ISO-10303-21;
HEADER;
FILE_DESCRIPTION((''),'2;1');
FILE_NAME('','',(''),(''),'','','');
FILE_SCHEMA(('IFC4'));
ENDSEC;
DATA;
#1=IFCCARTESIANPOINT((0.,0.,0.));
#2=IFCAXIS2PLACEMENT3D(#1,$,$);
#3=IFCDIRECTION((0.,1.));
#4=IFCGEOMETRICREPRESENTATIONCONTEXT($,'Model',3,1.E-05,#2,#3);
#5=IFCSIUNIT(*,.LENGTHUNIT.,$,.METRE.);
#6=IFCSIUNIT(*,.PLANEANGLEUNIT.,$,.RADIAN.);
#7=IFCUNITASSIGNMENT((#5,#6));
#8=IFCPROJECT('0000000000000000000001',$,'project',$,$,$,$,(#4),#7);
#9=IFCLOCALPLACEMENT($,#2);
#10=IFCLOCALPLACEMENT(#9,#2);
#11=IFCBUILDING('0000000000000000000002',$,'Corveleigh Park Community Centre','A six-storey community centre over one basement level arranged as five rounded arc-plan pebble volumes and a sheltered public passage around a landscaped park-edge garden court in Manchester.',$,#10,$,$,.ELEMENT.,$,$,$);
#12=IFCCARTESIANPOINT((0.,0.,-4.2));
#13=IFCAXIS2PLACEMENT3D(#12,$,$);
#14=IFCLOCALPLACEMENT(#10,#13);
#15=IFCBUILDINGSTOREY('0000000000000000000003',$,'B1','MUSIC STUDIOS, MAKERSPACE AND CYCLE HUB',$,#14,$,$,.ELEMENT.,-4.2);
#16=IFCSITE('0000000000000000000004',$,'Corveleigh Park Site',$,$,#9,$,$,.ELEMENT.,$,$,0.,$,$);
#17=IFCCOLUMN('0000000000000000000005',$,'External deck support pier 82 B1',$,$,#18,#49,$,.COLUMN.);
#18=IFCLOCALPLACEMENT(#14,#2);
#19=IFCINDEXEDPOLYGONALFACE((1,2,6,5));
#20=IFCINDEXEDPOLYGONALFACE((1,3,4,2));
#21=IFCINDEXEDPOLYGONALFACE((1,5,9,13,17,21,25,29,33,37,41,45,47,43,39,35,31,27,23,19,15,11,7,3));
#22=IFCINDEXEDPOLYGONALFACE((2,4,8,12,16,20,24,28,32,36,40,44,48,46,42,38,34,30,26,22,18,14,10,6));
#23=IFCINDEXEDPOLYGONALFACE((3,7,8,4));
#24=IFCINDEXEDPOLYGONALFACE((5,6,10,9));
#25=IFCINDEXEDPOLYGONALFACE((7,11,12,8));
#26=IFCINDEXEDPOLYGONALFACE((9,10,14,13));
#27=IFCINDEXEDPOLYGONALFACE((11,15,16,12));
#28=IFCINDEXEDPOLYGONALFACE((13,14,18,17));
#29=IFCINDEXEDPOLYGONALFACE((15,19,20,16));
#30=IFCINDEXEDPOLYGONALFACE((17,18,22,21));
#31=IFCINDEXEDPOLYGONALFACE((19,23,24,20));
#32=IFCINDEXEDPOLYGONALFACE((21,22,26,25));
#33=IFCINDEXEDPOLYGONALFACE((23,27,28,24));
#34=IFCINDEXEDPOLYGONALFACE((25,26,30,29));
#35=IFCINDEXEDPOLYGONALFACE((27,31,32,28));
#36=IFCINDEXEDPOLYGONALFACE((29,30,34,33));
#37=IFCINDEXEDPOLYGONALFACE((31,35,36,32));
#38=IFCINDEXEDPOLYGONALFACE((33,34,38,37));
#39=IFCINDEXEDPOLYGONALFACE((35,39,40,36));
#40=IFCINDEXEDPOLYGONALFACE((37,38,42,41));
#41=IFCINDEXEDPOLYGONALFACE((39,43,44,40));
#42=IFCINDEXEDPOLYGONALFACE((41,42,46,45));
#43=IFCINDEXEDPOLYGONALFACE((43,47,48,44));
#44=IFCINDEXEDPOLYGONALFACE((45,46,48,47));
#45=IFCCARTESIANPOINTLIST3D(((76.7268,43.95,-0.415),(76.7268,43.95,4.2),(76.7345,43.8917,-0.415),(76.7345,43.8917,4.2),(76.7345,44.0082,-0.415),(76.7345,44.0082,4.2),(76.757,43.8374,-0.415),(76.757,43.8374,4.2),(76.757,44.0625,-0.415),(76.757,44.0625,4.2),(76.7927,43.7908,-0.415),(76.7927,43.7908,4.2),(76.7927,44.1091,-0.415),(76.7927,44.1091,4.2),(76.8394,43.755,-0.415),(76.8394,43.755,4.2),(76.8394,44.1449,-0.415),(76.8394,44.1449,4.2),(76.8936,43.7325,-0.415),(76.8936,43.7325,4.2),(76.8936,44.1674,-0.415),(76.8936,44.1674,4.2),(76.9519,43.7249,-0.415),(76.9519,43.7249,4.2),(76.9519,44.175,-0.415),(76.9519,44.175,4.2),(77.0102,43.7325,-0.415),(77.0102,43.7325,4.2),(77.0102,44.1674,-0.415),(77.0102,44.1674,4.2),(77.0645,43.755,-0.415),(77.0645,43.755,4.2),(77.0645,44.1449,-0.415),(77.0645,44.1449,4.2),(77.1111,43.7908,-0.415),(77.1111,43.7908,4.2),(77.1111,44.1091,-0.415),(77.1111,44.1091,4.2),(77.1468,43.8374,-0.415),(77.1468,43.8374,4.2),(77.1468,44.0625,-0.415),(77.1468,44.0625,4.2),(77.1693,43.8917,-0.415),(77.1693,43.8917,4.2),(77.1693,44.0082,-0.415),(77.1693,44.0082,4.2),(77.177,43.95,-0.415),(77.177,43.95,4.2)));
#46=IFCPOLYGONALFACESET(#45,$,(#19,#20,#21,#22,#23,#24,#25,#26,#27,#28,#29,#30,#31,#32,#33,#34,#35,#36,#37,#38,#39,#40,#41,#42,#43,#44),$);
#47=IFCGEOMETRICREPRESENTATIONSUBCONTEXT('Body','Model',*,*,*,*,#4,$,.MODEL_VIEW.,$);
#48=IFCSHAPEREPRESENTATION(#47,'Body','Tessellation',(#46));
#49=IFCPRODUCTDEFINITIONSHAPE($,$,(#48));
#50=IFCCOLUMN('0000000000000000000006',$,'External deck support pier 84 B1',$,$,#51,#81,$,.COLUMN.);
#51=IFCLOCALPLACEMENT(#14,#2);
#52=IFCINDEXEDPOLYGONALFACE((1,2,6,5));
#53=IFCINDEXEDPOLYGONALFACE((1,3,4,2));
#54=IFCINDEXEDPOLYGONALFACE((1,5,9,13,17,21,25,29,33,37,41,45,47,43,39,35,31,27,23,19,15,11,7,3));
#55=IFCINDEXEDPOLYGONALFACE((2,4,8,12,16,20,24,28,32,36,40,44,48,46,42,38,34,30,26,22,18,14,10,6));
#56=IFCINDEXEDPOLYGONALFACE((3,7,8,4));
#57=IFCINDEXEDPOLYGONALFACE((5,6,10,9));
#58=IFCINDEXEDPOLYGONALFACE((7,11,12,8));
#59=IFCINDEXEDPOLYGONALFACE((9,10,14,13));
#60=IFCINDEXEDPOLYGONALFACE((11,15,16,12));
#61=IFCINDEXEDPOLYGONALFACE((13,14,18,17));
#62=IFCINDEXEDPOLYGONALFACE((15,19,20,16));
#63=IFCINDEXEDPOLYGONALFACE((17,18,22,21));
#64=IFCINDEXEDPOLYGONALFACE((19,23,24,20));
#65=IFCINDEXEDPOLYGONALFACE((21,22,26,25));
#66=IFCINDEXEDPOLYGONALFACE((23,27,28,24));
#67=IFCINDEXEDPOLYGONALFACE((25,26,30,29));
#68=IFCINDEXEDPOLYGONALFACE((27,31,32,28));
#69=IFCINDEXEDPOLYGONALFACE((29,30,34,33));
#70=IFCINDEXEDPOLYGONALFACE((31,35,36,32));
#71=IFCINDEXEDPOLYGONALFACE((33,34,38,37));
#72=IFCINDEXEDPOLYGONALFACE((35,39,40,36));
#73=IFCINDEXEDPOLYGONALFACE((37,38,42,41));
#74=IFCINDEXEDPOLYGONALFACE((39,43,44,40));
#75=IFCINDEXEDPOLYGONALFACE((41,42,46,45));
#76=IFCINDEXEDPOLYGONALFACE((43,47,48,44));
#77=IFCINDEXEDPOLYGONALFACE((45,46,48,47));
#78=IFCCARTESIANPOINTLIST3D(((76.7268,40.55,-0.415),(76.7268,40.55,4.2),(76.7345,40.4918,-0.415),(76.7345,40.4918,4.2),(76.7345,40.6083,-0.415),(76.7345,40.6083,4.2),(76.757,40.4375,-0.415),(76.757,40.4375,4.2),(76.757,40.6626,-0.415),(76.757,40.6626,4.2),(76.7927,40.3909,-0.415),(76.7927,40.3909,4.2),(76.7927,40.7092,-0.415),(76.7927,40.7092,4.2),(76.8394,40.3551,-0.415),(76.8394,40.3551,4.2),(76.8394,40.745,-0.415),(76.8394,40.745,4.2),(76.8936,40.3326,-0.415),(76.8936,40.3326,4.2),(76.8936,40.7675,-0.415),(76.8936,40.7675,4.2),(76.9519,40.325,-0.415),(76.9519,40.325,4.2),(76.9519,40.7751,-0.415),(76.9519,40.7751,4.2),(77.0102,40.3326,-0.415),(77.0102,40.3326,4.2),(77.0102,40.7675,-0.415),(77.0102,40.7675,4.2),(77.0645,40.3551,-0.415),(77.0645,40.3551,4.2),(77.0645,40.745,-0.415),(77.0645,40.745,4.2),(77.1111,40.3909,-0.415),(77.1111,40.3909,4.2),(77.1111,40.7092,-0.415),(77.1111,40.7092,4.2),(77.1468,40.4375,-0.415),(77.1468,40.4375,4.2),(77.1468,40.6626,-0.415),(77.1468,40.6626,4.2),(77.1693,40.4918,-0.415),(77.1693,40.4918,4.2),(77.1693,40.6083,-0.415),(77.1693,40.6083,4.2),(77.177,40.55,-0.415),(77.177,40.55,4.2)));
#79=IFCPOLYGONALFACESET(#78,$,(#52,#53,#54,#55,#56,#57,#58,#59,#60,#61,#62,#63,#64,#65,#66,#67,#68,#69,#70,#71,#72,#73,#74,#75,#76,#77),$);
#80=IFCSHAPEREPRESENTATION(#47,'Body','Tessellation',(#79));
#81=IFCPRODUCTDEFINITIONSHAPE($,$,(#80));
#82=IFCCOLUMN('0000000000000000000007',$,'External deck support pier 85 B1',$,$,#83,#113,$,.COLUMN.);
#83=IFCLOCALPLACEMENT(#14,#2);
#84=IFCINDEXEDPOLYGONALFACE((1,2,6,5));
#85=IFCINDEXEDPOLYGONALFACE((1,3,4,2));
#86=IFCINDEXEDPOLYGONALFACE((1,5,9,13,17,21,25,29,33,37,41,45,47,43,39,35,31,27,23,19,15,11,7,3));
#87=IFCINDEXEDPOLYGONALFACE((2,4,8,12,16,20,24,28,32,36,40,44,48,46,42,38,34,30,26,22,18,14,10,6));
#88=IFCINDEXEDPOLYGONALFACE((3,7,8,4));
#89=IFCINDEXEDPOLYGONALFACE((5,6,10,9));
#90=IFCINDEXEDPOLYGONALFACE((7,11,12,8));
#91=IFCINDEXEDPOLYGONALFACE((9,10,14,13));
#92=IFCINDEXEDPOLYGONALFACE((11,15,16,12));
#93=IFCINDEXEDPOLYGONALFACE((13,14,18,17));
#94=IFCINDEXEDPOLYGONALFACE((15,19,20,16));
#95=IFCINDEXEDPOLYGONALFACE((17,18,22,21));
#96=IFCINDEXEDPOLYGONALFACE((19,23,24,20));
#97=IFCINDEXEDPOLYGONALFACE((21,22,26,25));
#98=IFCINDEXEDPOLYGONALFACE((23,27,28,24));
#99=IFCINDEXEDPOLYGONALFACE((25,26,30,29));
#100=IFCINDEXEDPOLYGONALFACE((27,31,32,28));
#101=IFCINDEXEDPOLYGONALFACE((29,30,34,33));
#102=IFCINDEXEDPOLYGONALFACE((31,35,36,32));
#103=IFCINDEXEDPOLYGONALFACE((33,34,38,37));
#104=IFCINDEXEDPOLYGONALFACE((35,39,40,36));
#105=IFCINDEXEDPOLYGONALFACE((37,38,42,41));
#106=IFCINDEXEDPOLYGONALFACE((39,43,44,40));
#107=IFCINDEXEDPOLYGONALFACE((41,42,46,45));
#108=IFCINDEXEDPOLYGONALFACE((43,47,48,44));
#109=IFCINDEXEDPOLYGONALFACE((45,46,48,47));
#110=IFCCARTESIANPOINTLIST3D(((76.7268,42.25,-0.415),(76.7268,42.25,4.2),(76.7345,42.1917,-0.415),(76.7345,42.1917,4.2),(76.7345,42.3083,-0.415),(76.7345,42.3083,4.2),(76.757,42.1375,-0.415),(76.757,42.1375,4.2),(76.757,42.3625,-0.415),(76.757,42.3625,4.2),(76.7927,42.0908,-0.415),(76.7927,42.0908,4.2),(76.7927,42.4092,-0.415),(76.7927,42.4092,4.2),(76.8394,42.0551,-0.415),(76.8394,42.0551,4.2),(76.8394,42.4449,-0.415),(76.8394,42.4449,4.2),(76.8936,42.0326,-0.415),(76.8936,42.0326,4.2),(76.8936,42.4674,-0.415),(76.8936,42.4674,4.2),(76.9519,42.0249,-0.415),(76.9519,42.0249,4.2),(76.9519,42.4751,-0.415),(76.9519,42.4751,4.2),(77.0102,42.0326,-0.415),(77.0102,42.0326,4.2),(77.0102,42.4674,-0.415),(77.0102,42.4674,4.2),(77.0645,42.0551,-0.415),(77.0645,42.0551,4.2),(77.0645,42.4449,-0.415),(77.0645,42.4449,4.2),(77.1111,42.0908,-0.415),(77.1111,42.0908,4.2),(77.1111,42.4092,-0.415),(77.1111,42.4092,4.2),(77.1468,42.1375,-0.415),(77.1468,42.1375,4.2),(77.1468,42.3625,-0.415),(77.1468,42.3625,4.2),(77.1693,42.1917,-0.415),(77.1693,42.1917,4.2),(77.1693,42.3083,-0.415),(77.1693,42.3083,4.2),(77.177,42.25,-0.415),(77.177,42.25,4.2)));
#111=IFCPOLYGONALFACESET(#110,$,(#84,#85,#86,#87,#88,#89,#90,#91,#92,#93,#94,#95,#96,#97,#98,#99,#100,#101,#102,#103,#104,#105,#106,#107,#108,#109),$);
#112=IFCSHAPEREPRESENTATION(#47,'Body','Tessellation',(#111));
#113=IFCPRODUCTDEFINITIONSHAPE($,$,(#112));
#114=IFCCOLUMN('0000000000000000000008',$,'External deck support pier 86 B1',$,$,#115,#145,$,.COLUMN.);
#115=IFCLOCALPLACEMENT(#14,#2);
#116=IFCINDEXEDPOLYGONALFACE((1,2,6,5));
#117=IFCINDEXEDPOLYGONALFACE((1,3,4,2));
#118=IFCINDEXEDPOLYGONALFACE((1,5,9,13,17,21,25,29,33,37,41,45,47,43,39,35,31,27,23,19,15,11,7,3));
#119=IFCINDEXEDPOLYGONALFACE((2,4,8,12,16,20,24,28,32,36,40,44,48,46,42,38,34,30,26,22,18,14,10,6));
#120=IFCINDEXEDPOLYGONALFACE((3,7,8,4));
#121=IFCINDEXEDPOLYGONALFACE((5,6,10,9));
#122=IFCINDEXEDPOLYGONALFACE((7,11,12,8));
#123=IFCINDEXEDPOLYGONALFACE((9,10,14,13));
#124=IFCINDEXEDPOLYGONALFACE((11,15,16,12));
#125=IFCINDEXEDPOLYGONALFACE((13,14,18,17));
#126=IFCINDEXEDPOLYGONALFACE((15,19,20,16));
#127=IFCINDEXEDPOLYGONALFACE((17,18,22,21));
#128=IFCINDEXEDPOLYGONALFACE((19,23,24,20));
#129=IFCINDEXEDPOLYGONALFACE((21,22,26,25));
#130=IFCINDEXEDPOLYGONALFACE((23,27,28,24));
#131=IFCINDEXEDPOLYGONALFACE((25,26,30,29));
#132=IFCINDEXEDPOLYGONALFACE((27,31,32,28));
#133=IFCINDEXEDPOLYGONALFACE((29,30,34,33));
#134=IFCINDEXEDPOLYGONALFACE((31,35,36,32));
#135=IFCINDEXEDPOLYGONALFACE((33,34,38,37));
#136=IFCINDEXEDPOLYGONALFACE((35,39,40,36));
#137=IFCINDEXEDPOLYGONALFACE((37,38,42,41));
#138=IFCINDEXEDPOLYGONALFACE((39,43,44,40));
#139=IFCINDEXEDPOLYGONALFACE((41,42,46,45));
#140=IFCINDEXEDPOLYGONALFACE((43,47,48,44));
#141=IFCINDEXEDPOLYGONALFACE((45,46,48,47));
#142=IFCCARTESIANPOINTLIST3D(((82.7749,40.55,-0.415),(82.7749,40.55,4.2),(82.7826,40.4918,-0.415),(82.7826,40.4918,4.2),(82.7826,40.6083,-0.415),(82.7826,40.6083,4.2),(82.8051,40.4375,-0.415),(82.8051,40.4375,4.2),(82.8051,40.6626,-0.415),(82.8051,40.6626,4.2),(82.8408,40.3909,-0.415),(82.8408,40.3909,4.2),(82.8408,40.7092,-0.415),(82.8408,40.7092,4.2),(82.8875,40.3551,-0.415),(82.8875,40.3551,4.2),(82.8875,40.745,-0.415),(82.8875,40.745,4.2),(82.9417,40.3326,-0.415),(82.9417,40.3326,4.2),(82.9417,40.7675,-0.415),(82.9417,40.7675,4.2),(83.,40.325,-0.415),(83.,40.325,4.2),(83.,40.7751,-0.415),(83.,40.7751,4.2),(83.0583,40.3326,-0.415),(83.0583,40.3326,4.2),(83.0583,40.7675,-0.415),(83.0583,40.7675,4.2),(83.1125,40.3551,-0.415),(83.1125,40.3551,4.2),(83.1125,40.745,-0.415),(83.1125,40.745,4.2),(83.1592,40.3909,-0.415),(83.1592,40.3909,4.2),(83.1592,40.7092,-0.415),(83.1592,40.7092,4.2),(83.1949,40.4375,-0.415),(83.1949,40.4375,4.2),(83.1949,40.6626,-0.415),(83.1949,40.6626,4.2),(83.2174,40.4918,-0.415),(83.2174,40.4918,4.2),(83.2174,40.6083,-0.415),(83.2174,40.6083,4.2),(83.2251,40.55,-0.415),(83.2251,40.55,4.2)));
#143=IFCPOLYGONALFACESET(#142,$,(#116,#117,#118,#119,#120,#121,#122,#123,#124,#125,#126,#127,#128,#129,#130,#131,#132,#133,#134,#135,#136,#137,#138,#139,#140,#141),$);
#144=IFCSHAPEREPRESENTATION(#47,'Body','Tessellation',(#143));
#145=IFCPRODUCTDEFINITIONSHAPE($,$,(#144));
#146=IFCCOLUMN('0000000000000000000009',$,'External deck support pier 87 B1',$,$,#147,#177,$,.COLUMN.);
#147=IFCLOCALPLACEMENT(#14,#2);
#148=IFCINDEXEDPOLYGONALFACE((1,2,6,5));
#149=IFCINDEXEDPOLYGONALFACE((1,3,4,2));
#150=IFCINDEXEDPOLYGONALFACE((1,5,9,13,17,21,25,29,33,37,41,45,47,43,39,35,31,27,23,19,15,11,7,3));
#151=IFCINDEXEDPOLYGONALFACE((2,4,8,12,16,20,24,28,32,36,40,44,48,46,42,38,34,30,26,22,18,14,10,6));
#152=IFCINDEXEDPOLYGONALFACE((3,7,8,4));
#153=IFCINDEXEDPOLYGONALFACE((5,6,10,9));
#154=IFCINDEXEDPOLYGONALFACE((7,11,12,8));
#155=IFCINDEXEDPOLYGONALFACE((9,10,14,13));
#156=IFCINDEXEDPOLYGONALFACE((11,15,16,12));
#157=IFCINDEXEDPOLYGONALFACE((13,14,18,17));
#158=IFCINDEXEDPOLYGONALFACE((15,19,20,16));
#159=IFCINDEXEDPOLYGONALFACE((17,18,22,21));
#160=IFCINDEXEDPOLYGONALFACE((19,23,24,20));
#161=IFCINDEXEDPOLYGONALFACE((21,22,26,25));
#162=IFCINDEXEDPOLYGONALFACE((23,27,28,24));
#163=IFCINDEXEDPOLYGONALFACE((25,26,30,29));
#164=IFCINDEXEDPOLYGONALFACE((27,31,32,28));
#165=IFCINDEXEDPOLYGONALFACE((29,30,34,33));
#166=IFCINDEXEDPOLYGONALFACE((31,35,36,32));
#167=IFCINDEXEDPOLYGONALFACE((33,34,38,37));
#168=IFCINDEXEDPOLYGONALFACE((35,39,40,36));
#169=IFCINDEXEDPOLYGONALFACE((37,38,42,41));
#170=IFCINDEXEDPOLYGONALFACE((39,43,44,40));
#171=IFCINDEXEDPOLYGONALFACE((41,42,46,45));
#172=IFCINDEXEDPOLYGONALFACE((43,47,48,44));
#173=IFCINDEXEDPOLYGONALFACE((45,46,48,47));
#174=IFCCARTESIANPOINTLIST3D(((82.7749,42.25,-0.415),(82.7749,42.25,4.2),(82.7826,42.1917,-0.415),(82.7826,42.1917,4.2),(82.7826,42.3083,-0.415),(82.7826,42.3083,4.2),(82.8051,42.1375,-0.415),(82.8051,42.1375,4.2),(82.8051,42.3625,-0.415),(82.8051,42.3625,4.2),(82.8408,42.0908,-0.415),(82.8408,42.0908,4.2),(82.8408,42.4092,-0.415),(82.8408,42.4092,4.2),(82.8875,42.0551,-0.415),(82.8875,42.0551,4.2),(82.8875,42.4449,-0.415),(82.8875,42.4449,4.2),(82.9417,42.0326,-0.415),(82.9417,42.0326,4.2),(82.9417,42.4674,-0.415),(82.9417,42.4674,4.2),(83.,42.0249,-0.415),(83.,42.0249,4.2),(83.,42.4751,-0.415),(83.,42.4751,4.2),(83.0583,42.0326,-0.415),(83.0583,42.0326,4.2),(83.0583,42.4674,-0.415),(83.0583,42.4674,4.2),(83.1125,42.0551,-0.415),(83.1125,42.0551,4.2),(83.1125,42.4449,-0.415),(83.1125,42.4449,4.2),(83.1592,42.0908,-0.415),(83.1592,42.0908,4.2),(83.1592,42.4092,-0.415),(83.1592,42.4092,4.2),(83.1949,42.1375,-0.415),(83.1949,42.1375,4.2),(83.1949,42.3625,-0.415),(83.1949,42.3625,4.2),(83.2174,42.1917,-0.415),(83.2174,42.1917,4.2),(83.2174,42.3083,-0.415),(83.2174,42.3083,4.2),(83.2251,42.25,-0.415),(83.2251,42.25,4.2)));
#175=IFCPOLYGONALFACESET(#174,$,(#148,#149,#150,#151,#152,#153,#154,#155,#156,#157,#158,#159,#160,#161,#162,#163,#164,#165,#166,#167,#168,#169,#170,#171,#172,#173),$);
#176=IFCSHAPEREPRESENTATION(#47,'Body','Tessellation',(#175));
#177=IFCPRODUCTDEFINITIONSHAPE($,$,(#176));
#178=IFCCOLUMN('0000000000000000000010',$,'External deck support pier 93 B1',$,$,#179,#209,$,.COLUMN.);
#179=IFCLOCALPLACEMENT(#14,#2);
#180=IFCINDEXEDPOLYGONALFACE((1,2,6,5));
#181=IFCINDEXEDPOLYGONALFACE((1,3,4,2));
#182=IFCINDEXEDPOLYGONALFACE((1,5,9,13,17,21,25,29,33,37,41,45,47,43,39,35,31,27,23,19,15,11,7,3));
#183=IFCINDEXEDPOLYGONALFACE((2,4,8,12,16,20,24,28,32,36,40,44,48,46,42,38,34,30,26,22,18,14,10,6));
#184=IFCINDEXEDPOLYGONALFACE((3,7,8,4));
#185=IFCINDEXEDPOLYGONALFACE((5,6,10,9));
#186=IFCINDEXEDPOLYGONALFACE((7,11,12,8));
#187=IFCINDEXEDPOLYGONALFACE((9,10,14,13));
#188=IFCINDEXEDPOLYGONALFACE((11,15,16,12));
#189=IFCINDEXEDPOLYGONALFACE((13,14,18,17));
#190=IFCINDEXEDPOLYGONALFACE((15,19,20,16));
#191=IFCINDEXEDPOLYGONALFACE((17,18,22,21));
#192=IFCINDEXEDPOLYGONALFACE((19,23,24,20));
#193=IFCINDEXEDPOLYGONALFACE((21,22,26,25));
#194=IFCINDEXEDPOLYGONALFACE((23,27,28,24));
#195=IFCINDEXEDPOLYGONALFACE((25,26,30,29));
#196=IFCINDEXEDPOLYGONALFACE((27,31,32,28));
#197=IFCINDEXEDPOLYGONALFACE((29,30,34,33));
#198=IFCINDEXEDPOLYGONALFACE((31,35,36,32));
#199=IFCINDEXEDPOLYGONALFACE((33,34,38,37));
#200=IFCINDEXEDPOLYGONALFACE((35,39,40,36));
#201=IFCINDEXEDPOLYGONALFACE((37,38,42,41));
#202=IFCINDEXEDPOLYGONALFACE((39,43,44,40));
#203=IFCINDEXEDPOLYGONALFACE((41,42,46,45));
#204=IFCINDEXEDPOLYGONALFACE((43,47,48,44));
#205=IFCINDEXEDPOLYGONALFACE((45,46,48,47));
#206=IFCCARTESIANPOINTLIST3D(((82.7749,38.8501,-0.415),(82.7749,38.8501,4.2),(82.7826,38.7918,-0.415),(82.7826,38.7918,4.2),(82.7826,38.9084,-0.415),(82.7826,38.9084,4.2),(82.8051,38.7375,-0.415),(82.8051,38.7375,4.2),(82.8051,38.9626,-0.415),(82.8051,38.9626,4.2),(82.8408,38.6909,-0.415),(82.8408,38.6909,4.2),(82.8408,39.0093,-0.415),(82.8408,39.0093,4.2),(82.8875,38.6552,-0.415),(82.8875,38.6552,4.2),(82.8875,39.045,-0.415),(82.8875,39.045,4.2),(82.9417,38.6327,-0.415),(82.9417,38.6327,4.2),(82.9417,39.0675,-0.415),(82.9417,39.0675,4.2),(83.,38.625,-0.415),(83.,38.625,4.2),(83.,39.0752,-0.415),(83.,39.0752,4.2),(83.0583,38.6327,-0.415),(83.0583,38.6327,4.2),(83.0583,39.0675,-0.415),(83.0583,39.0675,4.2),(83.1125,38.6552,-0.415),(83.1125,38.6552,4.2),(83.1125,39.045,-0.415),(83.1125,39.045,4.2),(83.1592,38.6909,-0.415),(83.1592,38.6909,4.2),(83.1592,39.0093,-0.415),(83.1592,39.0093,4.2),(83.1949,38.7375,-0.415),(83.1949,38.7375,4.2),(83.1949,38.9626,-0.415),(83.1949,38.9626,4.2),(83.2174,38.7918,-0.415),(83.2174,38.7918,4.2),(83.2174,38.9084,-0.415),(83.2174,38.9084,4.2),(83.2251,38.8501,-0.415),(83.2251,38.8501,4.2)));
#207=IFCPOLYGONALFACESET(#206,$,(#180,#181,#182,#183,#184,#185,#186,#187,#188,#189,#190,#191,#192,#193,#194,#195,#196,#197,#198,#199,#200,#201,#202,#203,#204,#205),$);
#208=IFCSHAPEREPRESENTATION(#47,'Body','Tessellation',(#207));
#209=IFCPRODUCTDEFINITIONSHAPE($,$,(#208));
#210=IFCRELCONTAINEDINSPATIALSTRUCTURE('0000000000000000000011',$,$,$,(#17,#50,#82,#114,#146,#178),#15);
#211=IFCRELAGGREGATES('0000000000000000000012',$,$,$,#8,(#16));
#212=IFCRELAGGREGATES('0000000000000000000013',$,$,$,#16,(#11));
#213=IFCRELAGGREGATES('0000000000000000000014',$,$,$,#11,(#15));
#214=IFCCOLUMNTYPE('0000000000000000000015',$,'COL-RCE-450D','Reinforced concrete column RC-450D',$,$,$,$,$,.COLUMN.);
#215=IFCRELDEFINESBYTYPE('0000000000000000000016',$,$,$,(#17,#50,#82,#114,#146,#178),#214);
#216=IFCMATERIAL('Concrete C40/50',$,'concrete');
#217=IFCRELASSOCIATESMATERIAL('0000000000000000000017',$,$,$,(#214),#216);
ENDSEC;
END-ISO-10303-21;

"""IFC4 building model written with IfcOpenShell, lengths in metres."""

from ifc_helpers import new_model, si_unit, direction, frame, origin, origin_2d, place, context, subcontext, project, spatial, circle, extrude, material, material_profile, profile_set, type_object, element, save


model = new_model("IFC4")

# Units and contexts
model_context = context("Model", 3, precision=1e-05, world=origin(), true_north=direction((0.0, 1.0)))
body_context = subcontext(model_context, "Body", "Model", "MODEL_VIEW")
ifc_project = project(units=[si_unit("LENGTHUNIT", "METRE"), si_unit("PLANEANGLEUNIT", "RADIAN")], contexts=[model_context])

# Site, building, storey
site_placement = place(None, origin())
site = spatial("IfcSite", under=ifc_project, at=site_placement, Name="Corveleigh Park Site", CompositionType="ELEMENT", RefElevation=0.0)
building_placement = place(site_placement, origin())
building = spatial("IfcBuilding", under=site, at=building_placement, Name="Corveleigh Park Community Centre", Description="A six-storey community centre over one basement level arranged as five rounded arc-plan pebble volumes and a sheltered public passage around a landscaped park-edge garden court in Manchester.", CompositionType="ELEMENT")
storey_placement = place(building_placement, frame((0.0, 0.0, -4.2)))
storey = spatial("IfcBuildingStorey", under=building, at=storey_placement, Name="B1", Description="MUSIC STUDIOS, MAKERSPACE AND CYCLE HUB", CompositionType="ELEMENT", Elevation=-4.2)

# Shared definitions
ifc_material_1 = material(Name="Concrete C40/50", Category="concrete")

# Columns
ifc_material_profile_1 = material_profile(ifc_material_1, circle(Radius=0.2251, at=origin_2d()), Name="RC-450D", Category="concrete")
ifc_profile_set_1 = profile_set([ifc_material_profile_1], Name="Concrete C40/50")
column_type_1 = type_object("IfcColumnType", Name="COL-RCE-450D", Description="Reinforced concrete column RC-450D", PredefinedType="COLUMN", material=ifc_profile_set_1)
for number, where, z_axis, x_axis, name in (
    (1, (76.9519, 43.95, -0.415), (0.0, 0.0, 1.0), (1.0, 0.0, 0.0), "External deck support pier 82 B1"),
    (2, (76.9519, 40.55, -0.415), (0.0, 0.0, 1.0), (1.0, 0.0, 0.0), "External deck support pier 84 B1"),
    (3, (76.9519, 42.25, -0.415), (0.0, 0.0, 1.0), (1.0, 0.0, 0.0), "External deck support pier 85 B1"),
    (4, (83.0, 40.55, -0.415), (0.0, 0.0, 1.0), (1.0, 0.0, 0.0), "External deck support pier 86 B1"),
    (5, (83.0, 42.25, -0.415), (0.0, 0.0, 1.0), (1.0, 0.0, 0.0), "External deck support pier 87 B1"),
    (6, (83.0, 38.8501, -0.415), (0.0, 0.0, 1.0), (1.0, 0.0, 0.0), "External deck support pier 93 B1"),
):
    element("IfcColumn", number, at=place(storey_placement, frame(where, z_axis=z_axis, x_axis=x_axis)), inside=storey, type_object=column_type_1, Name=name, PredefinedType="COLUMN", context=body_context, shape_type="SweptSolid", body=[
        extrude(circle(Radius=0.2251, at=origin_2d()), origin(), (0.0, 0.0, 1.0), 4.615),
    ])

save(model, "model.ifc")
